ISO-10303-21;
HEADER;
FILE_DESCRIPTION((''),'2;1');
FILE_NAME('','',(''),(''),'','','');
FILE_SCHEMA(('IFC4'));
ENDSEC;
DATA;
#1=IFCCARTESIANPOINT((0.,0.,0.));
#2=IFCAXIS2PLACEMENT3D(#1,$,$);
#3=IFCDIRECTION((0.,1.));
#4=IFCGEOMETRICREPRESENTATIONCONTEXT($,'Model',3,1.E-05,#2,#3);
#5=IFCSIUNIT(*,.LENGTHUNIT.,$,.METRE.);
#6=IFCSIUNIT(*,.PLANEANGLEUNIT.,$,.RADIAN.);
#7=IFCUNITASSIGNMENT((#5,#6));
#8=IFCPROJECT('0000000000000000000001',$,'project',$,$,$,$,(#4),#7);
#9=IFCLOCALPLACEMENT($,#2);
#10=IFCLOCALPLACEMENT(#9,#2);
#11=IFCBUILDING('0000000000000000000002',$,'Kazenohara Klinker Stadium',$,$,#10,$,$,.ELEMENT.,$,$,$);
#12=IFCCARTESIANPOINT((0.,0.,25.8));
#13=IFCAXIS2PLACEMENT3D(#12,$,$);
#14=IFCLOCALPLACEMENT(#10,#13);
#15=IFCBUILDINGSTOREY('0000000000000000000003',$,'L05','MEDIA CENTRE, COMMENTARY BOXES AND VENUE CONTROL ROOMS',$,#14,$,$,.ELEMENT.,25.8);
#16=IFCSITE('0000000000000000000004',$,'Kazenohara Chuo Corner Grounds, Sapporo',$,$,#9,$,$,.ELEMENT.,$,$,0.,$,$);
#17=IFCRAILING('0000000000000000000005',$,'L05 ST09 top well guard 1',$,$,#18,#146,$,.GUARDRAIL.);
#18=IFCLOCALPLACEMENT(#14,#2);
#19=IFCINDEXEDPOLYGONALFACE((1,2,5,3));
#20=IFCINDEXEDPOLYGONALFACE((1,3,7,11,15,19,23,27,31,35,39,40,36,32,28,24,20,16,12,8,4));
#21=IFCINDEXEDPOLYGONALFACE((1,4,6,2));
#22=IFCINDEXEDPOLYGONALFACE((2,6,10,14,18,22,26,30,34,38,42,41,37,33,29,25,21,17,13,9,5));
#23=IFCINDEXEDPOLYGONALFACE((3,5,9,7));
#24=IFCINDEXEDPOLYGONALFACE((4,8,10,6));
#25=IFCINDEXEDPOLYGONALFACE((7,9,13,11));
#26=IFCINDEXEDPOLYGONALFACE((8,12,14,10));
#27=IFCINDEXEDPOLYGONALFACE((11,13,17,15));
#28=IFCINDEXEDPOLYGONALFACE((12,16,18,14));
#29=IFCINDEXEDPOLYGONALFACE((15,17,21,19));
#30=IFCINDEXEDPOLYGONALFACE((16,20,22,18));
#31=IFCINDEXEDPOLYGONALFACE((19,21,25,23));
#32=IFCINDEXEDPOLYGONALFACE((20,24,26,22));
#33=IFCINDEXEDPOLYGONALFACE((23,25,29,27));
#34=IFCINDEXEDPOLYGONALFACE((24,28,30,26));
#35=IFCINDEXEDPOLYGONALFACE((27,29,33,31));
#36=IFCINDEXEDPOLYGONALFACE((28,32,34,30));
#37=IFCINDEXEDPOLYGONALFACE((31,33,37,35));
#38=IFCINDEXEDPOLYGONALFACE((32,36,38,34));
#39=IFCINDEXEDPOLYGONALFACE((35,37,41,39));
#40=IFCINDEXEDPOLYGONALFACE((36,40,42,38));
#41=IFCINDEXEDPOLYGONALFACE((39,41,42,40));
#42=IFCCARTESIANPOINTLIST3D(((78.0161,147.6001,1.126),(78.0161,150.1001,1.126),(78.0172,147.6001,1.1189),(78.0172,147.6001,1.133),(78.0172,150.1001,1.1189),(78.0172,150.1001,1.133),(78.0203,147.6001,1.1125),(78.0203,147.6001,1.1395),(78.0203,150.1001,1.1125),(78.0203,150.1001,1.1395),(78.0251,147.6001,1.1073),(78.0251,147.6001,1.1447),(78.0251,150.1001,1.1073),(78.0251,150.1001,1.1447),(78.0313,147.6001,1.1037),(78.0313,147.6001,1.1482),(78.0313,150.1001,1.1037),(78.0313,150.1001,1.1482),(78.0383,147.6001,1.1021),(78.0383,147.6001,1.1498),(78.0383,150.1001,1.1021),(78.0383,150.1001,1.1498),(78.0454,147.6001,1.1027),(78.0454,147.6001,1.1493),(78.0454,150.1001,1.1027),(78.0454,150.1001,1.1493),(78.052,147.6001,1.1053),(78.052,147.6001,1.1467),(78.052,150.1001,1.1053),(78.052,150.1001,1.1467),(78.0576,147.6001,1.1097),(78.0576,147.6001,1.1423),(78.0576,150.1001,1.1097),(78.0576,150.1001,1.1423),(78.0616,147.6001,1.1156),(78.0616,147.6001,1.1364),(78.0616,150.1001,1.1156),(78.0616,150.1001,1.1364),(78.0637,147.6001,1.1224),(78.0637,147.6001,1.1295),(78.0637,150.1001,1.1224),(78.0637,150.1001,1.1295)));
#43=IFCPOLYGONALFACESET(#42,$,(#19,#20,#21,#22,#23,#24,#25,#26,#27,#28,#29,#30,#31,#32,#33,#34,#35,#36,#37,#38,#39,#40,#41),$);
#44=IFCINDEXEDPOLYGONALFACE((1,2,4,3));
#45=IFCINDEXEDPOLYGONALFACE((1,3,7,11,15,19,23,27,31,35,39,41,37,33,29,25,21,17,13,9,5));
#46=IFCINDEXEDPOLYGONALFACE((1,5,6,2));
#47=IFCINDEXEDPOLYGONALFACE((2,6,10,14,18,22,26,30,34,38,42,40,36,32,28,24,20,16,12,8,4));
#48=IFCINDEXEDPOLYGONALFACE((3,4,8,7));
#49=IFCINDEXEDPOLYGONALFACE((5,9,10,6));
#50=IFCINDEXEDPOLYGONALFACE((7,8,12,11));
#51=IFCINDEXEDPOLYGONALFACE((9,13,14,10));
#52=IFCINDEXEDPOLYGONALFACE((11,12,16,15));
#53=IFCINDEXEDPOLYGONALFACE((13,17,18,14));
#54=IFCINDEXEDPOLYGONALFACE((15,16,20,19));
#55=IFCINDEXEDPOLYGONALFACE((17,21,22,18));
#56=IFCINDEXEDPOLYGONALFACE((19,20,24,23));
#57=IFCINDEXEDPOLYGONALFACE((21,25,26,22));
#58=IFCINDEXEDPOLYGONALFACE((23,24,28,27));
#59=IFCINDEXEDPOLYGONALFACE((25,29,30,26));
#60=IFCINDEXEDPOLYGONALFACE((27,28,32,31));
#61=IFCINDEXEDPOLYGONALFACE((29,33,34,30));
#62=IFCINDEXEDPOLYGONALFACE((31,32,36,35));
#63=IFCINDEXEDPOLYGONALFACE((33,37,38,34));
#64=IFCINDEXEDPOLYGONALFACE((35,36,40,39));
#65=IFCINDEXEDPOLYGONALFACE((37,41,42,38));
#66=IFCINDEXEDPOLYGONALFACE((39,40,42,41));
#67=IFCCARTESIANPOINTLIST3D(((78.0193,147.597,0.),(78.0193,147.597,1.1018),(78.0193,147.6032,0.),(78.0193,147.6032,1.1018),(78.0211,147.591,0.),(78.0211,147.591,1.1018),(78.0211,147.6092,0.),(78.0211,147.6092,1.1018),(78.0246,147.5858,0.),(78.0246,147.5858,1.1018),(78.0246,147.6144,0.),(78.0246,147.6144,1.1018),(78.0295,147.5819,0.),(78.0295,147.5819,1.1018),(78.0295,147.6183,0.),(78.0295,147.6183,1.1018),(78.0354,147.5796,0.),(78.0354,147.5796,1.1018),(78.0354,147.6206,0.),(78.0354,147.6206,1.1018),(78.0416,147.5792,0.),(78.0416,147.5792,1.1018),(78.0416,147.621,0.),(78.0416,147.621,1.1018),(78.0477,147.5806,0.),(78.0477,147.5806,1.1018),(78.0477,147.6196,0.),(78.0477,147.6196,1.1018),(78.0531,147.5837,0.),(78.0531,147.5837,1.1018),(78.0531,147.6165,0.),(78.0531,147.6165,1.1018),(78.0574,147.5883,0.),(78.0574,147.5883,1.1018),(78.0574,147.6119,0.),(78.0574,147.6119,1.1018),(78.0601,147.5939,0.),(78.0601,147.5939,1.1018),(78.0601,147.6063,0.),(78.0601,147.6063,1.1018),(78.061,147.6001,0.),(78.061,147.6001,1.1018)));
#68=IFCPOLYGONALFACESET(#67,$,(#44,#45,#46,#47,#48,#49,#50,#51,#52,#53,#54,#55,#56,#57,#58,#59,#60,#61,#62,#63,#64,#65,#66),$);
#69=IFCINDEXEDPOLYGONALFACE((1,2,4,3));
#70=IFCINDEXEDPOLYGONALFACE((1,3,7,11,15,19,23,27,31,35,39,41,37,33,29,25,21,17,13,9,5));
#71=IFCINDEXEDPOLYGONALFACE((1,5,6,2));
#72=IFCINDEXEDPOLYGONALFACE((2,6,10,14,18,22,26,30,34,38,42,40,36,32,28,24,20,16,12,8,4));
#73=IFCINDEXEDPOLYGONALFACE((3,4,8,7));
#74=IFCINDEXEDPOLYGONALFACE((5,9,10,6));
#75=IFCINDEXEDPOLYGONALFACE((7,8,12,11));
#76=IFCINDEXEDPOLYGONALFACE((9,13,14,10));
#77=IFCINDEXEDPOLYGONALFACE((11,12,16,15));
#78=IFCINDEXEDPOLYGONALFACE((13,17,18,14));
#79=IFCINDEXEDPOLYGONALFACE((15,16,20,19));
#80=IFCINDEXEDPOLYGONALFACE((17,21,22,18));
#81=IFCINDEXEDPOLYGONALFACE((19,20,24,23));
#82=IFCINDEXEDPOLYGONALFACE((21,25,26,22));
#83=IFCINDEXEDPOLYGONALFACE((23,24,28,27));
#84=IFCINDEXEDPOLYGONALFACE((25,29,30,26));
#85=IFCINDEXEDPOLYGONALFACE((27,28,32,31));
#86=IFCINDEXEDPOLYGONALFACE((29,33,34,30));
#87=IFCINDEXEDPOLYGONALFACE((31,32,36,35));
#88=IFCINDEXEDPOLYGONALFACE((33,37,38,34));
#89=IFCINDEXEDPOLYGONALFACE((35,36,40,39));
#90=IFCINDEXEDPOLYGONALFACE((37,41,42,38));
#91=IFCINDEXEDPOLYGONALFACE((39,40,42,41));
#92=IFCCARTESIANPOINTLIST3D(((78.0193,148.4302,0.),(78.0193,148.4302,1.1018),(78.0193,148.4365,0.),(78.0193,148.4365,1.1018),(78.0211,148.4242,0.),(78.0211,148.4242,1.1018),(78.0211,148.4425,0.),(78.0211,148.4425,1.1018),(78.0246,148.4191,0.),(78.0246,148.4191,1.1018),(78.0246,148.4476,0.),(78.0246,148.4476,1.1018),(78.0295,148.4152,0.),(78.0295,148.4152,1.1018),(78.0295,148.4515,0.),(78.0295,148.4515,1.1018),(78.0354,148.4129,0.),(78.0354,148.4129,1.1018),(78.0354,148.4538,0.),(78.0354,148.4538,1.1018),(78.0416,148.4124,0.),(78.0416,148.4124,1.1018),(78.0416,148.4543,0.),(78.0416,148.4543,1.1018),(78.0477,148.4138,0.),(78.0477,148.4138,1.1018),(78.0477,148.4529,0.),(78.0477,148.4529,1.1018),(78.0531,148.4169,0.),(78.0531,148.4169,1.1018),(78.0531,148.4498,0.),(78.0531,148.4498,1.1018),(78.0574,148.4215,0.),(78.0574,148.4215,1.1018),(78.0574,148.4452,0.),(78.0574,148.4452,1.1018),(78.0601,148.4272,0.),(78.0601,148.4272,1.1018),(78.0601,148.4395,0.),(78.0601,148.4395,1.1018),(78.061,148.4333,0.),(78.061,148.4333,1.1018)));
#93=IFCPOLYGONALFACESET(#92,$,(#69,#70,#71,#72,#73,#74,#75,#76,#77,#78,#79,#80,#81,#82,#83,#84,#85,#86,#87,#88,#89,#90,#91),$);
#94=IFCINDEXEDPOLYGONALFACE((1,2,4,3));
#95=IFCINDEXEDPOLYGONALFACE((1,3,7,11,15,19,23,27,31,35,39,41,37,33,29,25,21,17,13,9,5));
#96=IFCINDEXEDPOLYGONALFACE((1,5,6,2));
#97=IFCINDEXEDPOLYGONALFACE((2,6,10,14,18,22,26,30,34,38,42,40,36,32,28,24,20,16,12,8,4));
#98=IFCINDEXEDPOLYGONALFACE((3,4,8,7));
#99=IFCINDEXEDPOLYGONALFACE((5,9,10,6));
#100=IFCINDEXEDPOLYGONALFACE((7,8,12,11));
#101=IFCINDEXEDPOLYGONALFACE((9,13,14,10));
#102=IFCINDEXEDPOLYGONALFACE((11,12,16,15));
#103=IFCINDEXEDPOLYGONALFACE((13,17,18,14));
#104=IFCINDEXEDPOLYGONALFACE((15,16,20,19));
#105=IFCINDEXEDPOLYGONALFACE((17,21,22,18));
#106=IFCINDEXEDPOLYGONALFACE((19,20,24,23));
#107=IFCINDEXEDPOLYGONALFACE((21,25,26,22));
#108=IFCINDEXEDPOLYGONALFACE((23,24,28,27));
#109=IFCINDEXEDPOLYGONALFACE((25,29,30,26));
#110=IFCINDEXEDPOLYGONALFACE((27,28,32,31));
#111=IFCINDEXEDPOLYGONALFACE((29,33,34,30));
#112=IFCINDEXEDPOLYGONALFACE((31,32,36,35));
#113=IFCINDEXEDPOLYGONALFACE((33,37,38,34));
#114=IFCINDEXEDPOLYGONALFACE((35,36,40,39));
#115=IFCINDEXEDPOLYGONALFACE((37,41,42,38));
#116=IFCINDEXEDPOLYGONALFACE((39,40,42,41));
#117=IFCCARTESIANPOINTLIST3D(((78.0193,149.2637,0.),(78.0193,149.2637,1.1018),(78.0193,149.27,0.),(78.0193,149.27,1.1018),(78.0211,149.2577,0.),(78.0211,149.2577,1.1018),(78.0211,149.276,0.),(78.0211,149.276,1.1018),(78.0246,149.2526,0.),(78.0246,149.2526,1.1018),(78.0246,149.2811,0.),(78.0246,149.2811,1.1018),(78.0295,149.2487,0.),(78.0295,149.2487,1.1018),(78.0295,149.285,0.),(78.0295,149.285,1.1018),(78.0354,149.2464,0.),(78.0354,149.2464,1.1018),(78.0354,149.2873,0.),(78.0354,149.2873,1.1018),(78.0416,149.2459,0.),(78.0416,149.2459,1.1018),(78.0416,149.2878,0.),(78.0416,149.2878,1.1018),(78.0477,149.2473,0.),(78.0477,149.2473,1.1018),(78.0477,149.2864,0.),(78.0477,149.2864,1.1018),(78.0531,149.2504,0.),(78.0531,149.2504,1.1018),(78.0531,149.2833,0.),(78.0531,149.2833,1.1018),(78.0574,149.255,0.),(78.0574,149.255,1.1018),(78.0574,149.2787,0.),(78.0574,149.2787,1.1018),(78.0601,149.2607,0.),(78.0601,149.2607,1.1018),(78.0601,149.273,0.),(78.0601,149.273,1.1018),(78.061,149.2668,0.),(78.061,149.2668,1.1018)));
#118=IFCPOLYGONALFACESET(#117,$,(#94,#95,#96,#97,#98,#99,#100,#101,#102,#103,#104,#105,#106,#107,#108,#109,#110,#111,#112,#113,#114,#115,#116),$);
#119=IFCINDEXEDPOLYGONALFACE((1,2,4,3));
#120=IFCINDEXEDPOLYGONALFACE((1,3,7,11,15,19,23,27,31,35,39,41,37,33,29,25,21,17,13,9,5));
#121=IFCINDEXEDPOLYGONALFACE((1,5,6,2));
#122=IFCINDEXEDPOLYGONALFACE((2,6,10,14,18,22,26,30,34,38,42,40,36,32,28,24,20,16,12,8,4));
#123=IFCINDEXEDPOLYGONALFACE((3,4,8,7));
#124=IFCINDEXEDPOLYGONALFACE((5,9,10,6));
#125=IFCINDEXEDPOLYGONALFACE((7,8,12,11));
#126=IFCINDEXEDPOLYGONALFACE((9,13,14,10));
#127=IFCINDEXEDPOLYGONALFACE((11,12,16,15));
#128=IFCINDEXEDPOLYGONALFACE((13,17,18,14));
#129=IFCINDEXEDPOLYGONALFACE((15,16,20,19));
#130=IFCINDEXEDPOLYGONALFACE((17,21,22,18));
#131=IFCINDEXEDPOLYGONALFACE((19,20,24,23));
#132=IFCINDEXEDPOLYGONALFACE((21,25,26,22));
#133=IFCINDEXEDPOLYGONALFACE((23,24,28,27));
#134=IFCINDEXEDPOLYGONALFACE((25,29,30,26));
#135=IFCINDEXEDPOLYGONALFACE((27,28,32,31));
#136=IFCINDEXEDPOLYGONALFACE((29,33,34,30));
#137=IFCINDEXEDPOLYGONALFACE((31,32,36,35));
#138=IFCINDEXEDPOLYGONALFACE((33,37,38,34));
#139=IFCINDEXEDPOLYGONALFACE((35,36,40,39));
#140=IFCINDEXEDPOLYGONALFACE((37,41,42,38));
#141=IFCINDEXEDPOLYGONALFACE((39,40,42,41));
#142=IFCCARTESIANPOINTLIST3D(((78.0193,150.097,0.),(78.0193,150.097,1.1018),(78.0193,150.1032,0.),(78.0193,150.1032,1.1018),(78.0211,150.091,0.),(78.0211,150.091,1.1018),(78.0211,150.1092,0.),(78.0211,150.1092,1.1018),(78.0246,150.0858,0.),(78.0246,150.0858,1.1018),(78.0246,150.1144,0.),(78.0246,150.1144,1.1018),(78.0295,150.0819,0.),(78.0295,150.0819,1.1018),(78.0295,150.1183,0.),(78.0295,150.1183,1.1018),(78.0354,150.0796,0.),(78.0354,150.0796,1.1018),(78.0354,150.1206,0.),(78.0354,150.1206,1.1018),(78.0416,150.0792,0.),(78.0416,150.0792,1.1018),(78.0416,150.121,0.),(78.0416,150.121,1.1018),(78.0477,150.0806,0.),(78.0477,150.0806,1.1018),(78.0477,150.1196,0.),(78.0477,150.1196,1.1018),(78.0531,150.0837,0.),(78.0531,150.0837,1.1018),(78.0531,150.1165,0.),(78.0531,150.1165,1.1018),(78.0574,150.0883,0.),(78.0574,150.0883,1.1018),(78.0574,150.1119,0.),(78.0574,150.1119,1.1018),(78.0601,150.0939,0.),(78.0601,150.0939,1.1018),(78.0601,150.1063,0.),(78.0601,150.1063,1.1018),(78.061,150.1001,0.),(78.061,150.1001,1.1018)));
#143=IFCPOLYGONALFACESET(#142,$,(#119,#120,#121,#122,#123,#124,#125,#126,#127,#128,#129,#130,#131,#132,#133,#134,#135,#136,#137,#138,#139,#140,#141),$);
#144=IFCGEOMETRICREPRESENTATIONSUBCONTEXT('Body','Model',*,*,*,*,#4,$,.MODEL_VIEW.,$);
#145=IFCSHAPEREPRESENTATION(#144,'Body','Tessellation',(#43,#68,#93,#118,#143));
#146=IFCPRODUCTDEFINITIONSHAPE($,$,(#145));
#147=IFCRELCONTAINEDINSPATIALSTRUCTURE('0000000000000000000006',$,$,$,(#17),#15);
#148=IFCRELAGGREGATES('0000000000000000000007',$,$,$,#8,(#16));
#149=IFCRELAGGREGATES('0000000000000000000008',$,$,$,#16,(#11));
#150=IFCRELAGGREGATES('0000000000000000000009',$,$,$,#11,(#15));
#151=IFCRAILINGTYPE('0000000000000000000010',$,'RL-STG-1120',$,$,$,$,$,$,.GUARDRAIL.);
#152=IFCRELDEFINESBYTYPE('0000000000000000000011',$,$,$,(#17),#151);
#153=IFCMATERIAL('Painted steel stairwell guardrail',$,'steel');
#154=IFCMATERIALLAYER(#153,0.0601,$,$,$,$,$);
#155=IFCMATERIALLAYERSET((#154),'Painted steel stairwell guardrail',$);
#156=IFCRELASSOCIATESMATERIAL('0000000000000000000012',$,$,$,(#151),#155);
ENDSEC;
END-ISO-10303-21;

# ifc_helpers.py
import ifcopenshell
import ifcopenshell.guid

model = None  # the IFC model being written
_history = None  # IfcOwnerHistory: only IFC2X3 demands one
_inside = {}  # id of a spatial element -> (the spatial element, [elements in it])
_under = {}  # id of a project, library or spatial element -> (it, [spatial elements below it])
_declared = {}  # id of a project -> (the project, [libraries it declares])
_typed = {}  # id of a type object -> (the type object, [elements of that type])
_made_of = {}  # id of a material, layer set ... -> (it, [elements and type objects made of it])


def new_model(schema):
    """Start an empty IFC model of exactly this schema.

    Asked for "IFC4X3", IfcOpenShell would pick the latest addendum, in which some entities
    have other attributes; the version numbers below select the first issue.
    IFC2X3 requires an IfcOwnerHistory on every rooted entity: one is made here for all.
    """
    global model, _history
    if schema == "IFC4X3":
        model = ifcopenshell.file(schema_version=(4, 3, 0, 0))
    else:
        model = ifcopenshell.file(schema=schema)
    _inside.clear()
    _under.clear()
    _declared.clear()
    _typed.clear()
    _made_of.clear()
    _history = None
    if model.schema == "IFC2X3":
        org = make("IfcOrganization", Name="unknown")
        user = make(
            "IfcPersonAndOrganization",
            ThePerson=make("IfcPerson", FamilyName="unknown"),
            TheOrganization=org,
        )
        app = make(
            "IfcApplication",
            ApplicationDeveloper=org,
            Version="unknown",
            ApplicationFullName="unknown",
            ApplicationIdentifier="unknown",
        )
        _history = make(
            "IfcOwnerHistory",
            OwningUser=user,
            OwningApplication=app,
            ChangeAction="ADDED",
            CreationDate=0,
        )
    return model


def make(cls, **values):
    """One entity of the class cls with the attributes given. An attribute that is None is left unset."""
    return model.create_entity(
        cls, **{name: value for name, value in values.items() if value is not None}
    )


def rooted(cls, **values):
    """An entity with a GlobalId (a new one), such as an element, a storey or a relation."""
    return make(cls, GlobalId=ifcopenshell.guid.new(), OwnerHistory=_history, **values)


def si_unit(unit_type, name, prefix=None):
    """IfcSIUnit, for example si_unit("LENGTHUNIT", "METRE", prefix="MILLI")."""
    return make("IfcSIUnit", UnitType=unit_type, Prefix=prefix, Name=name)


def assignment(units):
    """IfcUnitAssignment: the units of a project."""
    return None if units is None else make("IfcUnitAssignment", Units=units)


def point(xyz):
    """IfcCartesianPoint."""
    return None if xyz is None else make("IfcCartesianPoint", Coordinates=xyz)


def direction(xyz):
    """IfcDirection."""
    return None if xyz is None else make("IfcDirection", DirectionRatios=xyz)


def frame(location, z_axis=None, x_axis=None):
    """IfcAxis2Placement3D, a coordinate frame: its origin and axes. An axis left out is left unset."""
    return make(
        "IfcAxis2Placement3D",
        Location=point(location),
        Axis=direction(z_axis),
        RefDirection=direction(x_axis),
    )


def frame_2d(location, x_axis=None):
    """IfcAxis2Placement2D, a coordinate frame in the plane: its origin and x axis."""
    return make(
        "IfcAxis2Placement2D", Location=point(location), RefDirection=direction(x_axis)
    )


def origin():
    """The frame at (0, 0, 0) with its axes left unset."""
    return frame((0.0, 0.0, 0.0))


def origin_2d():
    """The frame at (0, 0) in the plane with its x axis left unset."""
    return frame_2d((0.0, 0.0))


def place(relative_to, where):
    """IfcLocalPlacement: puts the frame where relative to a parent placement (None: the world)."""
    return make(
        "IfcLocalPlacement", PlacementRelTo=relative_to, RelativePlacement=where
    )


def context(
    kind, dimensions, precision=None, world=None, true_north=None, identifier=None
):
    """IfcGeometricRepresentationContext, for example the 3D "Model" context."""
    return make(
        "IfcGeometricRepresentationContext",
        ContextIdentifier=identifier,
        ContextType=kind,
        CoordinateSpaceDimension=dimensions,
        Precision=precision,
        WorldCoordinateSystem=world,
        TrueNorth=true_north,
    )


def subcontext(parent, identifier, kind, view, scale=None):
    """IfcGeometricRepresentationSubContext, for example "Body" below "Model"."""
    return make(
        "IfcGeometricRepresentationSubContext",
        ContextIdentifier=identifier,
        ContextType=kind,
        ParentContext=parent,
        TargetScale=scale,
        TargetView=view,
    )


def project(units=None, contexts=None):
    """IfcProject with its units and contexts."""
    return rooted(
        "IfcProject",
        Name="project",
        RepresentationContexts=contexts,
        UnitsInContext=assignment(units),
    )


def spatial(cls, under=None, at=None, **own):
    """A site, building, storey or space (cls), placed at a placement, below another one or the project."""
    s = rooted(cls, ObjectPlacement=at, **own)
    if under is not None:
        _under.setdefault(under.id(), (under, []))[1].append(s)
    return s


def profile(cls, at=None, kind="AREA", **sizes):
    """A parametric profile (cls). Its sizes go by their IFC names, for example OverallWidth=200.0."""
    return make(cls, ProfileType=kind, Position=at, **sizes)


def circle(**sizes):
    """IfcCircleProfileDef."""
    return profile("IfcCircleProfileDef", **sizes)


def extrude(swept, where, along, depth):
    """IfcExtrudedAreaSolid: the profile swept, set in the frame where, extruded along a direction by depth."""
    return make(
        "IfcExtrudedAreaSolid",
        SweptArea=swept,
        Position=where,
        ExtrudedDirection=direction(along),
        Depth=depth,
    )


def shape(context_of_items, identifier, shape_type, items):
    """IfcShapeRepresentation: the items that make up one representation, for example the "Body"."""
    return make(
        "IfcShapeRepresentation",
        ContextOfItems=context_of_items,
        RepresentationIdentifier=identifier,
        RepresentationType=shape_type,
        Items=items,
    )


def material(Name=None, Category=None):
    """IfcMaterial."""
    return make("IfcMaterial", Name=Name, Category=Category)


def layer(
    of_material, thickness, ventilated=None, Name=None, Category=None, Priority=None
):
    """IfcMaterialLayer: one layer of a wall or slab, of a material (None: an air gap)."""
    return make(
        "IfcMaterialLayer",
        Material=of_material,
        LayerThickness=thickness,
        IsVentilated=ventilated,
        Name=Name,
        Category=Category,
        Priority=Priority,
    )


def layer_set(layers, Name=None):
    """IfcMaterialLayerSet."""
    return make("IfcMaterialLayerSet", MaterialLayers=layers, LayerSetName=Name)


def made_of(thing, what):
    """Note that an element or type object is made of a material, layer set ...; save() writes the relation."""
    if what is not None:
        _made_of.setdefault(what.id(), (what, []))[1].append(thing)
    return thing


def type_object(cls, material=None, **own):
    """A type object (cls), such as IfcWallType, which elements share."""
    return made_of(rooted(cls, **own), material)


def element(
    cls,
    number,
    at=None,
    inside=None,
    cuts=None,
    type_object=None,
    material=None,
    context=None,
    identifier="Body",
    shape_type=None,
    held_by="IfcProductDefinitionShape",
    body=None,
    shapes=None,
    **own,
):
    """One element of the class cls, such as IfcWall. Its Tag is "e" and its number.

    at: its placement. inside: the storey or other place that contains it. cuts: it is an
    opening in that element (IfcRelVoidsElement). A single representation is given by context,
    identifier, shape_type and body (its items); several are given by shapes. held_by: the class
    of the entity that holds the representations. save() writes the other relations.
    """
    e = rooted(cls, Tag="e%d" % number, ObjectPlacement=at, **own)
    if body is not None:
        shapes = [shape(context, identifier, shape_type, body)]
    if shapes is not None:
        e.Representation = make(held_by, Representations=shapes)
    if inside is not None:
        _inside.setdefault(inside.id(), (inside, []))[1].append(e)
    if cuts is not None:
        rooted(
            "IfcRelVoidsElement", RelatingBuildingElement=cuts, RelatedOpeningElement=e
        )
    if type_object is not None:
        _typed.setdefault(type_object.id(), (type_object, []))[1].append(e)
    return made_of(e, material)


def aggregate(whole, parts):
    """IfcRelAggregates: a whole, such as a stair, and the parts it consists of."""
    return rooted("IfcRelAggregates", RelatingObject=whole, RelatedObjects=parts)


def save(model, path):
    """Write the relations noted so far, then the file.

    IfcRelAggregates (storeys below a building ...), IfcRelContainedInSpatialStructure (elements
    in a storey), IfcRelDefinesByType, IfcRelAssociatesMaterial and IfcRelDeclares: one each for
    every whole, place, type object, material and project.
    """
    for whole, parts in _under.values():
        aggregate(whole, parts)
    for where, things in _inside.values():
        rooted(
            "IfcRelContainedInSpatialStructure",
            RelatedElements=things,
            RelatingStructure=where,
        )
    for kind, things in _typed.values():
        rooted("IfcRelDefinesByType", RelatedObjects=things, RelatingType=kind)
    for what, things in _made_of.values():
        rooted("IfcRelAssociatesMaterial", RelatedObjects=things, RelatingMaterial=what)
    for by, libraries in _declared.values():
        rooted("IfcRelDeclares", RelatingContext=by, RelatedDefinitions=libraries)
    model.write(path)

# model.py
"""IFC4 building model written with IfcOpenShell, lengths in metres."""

from ifc_helpers import new_model, si_unit, direction, frame, origin, origin_2d, place, context, subcontext, project, spatial, circle, extrude, material, layer, layer_set, type_object, element, save


model = new_model("IFC4")

# Units and contexts
model_context = context("Model", 3, precision=1e-05, world=origin(), true_north=direction((0.0, 1.0)))
body_context = subcontext(model_context, "Body", "Model", "MODEL_VIEW")
ifc_project = project(units=[si_unit("LENGTHUNIT", "METRE"), si_unit("PLANEANGLEUNIT", "RADIAN")], contexts=[model_context])

# Site, building, storey
site_placement = place(None, origin())
site = spatial("IfcSite", under=ifc_project, at=site_placement, Name="Kazenohara Chuo Corner Grounds, Sapporo", CompositionType="ELEMENT", RefElevation=0.0)
building_placement = place(site_placement, origin())
building = spatial("IfcBuilding", under=site, at=building_placement, Name="Kazenohara Klinker Stadium", CompositionType="ELEMENT")
storey_placement = place(building_placement, frame((0.0, 0.0, 25.8)))
storey = spatial("IfcBuildingStorey", under=building, at=storey_placement, Name="L05", Description="MEDIA CENTRE, COMMENTARY BOXES AND VENUE CONTROL ROOMS", CompositionType="ELEMENT", Elevation=25.8)

# Railing
ifc_material_1 = material(Name="Painted steel stairwell guardrail", Category="steel")
ifc_layer_1 = layer(ifc_material_1, 0.0601)
ifc_layer_set_1 = layer_set([ifc_layer_1], Name="Painted steel stairwell guardrail")
railing_type = type_object("IfcRailingType", Name="RL-STG-1120", PredefinedType="GUARDRAIL", material=ifc_layer_set_1)
railing_1_placement = place(storey_placement, frame((78.04, 147.6001, 0.0)))
element("IfcRailing", 1, at=railing_1_placement, inside=storey, type_object=railing_type, Name="L05 ST09 top well guard 1", PredefinedType="GUARDRAIL", context=body_context, shape_type="SweptSolid", body=[
    extrude(circle(Radius=0.0239, at=origin_2d()), frame((0.0, 0.0, 1.126), z_axis=(0.0, 1.0, 0.0), x_axis=(-1.0, 0.0, 0.0)), (0.0, 0.0, 1.0), 2.5),
    extrude(circle(Radius=0.021, at=origin_2d()), origin(), (0.0, 0.0, 1.0), 1.1018),
    extrude(circle(Radius=0.021, at=origin_2d()), frame((0.0, 0.8333, 0.0)), (0.0, 0.0, 1.0), 1.1018),
    extrude(circle(Radius=0.021, at=origin_2d()), frame((0.0, 1.6667, 0.0)), (0.0, 0.0, 1.0), 1.1018),
    extrude(circle(Radius=0.021, at=origin_2d()), frame((0.0, 2.5, 0.0)), (0.0, 0.0, 1.0), 1.1018),
])

save(model, "model.ifc")
